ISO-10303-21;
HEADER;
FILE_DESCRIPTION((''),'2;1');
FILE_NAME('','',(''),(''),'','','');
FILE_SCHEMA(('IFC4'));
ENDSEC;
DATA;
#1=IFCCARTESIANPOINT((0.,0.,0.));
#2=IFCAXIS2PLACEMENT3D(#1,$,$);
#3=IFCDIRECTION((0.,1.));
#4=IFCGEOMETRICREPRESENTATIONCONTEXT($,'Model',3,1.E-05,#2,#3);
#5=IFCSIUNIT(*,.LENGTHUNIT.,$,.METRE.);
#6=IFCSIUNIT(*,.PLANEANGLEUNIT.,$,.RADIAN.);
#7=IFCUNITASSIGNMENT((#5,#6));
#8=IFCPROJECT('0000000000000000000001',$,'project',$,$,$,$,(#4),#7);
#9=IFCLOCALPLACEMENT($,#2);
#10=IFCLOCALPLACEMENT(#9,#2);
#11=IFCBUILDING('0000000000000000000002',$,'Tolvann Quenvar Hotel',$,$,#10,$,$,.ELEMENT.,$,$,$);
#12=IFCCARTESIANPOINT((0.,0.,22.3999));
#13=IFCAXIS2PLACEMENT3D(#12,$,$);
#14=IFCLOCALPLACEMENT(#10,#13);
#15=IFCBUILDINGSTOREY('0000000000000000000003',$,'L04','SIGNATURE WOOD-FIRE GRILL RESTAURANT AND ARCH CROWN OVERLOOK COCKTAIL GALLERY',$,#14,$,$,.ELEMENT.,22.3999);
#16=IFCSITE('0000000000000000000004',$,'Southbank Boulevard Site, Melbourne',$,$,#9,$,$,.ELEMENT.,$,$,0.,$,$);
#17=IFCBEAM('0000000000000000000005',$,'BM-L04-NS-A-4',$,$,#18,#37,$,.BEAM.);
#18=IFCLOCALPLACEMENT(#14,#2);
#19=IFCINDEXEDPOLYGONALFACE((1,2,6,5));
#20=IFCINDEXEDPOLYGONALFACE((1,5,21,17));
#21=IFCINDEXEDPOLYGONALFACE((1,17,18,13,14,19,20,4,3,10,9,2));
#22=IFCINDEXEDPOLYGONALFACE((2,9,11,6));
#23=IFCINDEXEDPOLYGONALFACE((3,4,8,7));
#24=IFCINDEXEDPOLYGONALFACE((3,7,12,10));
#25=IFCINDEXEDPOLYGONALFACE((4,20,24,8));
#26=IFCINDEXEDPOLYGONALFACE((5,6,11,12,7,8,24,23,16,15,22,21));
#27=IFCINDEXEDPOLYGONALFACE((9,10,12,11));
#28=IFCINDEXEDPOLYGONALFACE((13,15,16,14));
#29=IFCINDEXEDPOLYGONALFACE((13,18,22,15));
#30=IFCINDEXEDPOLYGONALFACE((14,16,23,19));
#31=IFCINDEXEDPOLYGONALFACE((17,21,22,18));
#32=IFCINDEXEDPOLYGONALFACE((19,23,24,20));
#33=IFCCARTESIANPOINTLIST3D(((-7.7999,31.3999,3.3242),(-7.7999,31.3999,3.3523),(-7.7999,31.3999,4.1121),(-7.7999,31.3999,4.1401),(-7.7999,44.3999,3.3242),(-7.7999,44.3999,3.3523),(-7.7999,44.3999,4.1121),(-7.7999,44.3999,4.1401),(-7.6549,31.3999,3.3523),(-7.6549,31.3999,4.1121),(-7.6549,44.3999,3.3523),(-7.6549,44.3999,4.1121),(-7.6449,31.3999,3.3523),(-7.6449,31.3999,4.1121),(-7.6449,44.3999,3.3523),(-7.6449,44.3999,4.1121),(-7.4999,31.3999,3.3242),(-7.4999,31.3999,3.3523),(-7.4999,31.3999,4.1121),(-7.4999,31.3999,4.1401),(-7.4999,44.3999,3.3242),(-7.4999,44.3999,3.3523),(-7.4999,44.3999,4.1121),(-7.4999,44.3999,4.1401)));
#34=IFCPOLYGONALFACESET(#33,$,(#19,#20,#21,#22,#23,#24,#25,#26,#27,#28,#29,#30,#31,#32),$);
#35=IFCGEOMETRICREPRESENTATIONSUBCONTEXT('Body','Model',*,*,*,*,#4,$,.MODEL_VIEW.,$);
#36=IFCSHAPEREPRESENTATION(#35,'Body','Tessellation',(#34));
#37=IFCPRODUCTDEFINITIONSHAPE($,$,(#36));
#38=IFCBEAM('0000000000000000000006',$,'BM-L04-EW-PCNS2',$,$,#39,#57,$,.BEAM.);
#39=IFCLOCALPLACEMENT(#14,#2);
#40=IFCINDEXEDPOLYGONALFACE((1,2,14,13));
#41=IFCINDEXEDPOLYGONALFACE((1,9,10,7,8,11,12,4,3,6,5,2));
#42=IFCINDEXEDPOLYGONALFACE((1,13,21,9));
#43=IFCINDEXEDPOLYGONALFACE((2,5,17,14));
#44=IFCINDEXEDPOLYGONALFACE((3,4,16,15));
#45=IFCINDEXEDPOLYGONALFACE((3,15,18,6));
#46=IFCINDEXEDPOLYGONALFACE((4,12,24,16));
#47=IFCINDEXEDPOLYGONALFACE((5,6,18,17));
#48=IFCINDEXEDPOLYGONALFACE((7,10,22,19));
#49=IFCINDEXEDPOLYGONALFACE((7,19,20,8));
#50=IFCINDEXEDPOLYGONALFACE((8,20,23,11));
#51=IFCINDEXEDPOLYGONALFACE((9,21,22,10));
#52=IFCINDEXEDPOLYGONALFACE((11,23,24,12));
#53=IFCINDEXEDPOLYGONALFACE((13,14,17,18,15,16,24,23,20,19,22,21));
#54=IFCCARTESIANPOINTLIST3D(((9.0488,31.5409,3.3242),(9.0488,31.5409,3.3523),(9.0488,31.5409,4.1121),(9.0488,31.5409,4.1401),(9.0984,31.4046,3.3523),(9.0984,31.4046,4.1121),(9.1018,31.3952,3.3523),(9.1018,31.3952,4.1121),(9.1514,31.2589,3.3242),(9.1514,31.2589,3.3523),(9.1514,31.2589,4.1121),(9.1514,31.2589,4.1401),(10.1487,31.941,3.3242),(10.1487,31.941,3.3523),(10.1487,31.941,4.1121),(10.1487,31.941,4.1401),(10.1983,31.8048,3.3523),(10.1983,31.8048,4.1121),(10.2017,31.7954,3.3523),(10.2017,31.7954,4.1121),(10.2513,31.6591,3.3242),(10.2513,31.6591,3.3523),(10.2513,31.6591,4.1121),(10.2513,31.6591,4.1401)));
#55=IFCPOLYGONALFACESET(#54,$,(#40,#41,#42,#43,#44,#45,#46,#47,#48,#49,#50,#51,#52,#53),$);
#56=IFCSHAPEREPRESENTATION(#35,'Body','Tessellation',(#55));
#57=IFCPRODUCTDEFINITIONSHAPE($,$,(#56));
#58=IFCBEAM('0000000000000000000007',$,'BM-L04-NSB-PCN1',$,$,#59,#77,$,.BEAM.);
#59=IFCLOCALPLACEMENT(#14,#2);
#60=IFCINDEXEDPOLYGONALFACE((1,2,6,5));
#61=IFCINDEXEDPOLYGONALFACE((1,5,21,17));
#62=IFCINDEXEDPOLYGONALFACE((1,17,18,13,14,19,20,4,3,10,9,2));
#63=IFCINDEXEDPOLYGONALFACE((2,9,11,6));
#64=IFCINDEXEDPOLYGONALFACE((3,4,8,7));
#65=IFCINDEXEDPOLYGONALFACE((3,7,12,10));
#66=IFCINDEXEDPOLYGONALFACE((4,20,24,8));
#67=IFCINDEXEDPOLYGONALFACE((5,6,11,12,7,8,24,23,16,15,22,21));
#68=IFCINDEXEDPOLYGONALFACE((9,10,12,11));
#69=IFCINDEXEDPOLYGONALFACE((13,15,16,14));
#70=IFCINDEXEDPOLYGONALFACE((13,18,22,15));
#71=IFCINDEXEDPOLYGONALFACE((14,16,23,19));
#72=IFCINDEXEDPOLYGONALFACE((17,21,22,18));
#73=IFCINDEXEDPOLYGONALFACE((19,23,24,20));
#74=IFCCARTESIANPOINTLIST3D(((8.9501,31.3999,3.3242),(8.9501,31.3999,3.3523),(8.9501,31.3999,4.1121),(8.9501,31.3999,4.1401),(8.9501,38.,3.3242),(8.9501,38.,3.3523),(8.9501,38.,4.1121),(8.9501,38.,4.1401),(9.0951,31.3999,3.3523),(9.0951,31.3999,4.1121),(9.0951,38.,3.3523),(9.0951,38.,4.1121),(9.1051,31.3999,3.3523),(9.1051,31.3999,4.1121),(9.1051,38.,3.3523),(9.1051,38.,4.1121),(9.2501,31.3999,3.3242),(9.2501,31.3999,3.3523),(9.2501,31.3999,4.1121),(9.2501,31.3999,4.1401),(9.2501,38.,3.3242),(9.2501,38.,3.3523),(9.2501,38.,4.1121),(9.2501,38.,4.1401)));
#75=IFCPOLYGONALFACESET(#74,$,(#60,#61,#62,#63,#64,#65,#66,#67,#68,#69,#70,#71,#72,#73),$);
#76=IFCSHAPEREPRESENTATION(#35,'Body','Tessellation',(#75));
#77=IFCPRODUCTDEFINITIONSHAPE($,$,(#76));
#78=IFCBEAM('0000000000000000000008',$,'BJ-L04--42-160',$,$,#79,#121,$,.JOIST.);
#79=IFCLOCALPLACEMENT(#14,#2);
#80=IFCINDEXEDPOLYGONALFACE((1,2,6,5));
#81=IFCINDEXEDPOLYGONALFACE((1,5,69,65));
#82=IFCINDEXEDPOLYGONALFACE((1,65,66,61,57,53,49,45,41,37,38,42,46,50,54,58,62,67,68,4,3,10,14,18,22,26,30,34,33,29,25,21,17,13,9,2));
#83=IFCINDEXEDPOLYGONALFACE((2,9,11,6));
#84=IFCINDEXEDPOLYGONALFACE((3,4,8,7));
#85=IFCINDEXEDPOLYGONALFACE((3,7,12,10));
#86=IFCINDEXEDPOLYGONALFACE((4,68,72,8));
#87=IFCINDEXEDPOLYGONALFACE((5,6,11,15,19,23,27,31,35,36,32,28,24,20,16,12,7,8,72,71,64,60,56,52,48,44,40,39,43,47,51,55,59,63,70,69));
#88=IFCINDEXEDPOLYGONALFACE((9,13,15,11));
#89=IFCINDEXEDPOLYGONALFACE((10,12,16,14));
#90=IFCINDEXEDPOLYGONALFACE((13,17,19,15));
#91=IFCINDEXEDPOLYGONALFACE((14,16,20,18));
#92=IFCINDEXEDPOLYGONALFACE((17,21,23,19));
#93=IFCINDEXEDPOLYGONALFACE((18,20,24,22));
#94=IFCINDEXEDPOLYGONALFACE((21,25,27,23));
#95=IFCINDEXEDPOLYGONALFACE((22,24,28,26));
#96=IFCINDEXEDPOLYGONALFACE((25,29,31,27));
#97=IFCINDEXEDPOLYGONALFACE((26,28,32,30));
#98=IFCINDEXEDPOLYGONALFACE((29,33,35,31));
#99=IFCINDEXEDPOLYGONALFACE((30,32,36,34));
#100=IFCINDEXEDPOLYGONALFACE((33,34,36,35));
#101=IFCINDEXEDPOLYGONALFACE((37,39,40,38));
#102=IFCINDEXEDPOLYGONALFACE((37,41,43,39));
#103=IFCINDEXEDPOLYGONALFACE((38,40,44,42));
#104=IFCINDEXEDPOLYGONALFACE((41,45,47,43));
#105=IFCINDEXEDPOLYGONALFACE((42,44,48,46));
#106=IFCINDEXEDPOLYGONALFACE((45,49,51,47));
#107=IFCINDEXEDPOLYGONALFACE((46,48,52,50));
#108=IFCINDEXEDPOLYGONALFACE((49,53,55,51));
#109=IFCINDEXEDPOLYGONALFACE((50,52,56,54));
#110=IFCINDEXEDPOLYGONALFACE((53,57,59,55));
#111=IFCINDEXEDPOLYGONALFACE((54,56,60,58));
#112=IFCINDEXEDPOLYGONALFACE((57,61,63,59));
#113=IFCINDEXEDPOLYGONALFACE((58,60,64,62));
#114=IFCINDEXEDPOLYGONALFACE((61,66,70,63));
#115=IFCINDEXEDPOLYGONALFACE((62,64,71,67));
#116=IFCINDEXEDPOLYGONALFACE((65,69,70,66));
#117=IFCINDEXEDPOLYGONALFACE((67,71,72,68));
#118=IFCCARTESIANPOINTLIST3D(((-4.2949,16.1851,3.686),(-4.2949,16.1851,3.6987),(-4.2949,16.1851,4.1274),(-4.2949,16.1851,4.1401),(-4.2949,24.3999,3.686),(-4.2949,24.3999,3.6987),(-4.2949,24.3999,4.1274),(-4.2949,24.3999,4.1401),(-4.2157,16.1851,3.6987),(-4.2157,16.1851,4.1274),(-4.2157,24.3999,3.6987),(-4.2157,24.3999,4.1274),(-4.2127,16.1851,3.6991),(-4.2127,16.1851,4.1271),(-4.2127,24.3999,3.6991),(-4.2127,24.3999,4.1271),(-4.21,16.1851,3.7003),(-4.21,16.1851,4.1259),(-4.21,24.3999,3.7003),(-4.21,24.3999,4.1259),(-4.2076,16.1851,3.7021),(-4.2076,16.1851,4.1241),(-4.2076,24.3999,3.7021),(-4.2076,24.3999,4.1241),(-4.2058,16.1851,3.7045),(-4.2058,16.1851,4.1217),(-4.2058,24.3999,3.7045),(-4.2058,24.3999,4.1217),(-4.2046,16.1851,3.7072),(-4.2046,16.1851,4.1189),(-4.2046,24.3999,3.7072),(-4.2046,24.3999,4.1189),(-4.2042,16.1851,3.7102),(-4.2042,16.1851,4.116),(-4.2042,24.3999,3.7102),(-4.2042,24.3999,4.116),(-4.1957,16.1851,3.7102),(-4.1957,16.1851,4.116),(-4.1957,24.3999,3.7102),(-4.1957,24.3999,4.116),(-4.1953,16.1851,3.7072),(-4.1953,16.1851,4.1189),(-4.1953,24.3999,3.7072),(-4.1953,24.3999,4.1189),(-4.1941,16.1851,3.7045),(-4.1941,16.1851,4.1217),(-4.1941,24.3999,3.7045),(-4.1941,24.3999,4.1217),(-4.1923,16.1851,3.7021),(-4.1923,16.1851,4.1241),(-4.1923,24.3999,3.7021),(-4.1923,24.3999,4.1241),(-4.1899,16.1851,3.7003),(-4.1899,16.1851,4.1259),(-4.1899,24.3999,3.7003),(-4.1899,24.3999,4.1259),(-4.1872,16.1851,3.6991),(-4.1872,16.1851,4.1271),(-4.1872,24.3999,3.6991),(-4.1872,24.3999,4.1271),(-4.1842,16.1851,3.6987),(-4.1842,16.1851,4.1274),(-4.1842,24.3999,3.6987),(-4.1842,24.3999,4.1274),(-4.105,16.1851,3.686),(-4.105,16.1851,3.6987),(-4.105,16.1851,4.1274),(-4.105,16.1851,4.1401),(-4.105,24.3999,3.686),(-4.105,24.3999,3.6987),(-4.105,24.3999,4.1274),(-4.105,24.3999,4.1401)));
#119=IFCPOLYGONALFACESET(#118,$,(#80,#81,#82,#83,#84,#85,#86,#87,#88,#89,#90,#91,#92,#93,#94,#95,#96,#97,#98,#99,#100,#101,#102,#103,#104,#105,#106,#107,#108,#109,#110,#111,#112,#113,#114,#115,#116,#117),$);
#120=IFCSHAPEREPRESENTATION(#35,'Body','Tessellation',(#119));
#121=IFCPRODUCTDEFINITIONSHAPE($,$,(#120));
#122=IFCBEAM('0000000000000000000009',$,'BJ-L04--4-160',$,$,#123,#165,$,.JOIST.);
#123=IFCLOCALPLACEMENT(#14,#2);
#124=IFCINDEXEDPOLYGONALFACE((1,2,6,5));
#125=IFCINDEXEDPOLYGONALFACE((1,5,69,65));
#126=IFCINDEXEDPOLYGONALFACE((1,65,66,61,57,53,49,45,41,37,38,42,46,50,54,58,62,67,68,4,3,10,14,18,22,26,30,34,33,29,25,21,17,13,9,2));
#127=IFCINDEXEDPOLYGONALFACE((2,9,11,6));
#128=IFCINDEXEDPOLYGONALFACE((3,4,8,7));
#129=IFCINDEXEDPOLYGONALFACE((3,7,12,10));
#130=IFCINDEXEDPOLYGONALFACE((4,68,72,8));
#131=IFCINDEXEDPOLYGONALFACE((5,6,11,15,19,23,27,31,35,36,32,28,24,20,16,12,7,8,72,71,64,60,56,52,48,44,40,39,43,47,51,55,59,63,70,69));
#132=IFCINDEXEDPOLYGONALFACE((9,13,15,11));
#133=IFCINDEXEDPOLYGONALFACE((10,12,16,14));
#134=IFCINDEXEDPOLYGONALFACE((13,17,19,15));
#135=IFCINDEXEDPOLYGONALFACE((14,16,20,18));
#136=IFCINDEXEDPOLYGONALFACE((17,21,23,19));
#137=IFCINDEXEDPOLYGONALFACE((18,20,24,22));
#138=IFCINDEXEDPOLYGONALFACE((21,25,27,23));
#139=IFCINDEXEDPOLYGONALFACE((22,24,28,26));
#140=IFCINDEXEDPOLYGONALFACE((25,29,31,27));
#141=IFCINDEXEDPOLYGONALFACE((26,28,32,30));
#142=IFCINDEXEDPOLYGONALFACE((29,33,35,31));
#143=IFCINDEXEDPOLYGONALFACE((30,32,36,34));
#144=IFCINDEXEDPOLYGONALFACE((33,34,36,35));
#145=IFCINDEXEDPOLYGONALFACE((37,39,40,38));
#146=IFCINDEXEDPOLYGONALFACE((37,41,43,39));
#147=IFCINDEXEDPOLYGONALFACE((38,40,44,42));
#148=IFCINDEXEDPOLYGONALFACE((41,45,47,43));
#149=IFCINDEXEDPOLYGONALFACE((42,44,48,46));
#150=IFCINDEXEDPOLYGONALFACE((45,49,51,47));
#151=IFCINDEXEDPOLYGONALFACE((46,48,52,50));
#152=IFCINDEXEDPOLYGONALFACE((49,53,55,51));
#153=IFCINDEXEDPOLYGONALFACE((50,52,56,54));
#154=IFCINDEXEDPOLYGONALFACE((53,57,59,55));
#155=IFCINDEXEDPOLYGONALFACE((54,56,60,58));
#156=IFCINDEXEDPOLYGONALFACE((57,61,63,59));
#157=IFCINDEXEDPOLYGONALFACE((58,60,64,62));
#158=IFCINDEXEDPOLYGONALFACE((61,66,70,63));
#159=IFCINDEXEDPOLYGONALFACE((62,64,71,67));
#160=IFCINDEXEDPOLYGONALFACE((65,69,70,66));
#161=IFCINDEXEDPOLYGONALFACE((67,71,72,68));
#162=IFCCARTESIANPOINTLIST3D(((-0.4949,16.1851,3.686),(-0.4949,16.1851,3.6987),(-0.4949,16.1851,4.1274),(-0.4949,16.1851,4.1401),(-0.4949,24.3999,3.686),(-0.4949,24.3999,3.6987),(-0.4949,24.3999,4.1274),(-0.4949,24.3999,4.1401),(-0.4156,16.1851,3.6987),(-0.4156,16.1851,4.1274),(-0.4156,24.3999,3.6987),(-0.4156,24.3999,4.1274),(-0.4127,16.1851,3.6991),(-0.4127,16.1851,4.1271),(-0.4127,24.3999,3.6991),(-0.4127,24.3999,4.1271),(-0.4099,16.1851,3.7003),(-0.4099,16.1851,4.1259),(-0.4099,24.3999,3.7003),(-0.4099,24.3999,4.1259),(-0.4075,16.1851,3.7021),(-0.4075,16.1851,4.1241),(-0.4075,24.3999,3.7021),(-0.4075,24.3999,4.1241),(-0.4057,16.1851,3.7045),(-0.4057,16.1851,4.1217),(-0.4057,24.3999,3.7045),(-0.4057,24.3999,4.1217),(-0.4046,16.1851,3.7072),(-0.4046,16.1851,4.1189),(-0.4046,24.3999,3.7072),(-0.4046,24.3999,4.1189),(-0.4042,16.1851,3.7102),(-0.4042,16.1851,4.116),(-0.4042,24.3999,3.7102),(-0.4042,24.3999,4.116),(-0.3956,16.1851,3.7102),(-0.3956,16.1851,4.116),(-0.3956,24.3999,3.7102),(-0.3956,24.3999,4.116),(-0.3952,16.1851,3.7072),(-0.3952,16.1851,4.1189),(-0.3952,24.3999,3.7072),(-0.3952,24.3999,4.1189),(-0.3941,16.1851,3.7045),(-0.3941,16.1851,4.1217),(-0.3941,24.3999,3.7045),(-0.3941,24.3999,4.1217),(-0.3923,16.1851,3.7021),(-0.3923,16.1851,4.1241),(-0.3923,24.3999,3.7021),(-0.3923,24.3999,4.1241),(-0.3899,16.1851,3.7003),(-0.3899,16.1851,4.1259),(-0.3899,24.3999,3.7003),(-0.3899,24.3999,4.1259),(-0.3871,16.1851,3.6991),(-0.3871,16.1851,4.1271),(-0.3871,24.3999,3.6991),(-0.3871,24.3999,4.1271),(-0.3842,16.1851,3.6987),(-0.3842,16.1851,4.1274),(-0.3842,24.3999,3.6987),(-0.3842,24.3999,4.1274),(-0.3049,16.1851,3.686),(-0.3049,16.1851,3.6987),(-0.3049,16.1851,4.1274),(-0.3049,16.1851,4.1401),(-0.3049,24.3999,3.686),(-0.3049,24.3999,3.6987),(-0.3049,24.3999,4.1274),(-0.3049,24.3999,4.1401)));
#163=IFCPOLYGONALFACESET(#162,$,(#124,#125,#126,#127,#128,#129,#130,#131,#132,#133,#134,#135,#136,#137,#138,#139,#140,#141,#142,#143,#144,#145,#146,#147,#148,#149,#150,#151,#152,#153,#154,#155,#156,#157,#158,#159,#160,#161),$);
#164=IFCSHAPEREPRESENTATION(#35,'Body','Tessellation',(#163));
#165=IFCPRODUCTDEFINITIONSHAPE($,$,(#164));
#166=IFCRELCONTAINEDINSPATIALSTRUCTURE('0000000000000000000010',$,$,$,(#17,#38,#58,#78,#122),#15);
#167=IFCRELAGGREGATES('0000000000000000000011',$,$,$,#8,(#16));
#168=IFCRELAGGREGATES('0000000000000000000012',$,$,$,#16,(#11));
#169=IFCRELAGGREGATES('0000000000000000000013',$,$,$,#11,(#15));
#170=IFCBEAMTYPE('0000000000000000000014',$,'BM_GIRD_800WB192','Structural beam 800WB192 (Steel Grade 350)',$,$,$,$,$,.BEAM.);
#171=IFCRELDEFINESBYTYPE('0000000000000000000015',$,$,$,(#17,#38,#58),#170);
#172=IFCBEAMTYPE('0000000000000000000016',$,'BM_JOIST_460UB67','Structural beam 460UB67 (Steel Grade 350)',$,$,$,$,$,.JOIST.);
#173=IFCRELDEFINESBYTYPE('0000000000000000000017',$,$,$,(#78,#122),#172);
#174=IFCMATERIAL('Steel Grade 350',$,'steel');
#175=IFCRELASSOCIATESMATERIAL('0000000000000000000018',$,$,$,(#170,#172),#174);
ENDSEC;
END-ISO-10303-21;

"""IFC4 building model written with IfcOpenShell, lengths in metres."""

from ifc_helpers import new_model, si_unit, direction, frame, origin, origin_2d, place, context, subcontext, project, spatial, i_section, extrude, source, transform, mapped, material, material_profile, profile_set, type_object, type_shapes, element, save


model = new_model("IFC4")

# Units and contexts
model_context = context("Model", 3, precision=1e-05, world=origin(), true_north=direction((0.0, 1.0)))
body_context = subcontext(model_context, "Body", "Model", "MODEL_VIEW")
ifc_project = project(units=[si_unit("LENGTHUNIT", "METRE"), si_unit("PLANEANGLEUNIT", "RADIAN")], contexts=[model_context])

# Site, building, storey
site_placement = place(None, origin())
site = spatial("IfcSite", under=ifc_project, at=site_placement, Name="Southbank Boulevard Site, Melbourne", CompositionType="ELEMENT", RefElevation=0.0)
building_placement = place(site_placement, origin())
building = spatial("IfcBuilding", under=site, at=building_placement, Name="Tolvann Quenvar Hotel", CompositionType="ELEMENT")
storey_placement = place(building_placement, frame((0.0, 0.0, 22.3999)))
storey = spatial("IfcBuildingStorey", under=building, at=storey_placement, Name="L04", Description="SIGNATURE WOOD-FIRE GRILL RESTAURANT AND ARCH CROWN OVERLOOK COCKTAIL GALLERY", CompositionType="ELEMENT", Elevation=22.3999)

# Shared definitions
ifc_material_1 = material(Name="Steel Grade 350", Category="steel")

# Beams
ifc_material_profile_1 = material_profile(ifc_material_1, i_section(OverallWidth=0.3, OverallDepth=0.8159, WebThickness=0.01, FlangeThickness=0.0281, at=origin_2d()), Name="800WB192")
ifc_profile_set_1 = profile_set([ifc_material_profile_1], Name="Steel Grade 350")
beam_type_1 = type_object("IfcBeamType", Name="BM_GIRD_800WB192", Description="Structural beam 800WB192 (Steel Grade 350)", PredefinedType="BEAM", material=ifc_profile_set_1)
shared_shape_1 = source(origin(), body_context, "Body", "SweptSolid", [
    extrude(i_section(OverallWidth=0.3, OverallDepth=0.8159, WebThickness=0.01, FlangeThickness=0.0281, at=origin_2d()), origin(), (0.0, 0.0, 1.0), 13.0),
])
beam_1_placement = place(storey_placement, frame((-7.6499, 31.3999, 3.7322), z_axis=(0.0, 1.0, 0.0), x_axis=(-1.0, 0.0, 0.0)))
element("IfcBeam", 1, at=beam_1_placement, inside=storey, type_object=beam_type_1, Name="BM-L04-NS-A-4", PredefinedType="BEAM", context=body_context, shape_type="MappedRepresentation", body=[
    mapped(shared_shape_1, transform((0.0, 0.0, 0.0), x_axis=(1.0, 0.0, 0.0), y_axis=(0.0, 1.0, 0.0), z_axis=(0.0, 0.0, 1.0), scale=1.0)),
])
shared_shape_2 = source(origin(), body_context, "Body", "SweptSolid", [
    extrude(i_section(OverallWidth=0.3, OverallDepth=0.8159, WebThickness=0.01, FlangeThickness=0.0281, at=origin_2d()), origin(), (0.0, 0.0, 1.0), 1.1704),
])
beam_2_placement = place(storey_placement, frame((9.1001, 31.3999, 3.7322), z_axis=(0.939739, 0.341894, 0.0), x_axis=(-0.341894, 0.939739, 0.0)))
element("IfcBeam", 2, at=beam_2_placement, inside=storey, type_object=beam_type_1, Name="BM-L04-EW-PCNS2", PredefinedType="BEAM", context=body_context, shape_type="MappedRepresentation", body=[
    mapped(shared_shape_2, transform((0.0, 0.0, 0.0), x_axis=(1.0, 0.0, 0.0), y_axis=(0.0, 1.0, 0.0), z_axis=(0.0, 0.0, 1.0), scale=1.0)),
])
shared_shape_3 = source(origin(), body_context, "Body", "SweptSolid", [
    extrude(i_section(OverallWidth=0.3, OverallDepth=0.8159, WebThickness=0.01, FlangeThickness=0.0281, at=origin_2d()), origin(), (0.0, 0.0, 1.0), 6.6001),
])
beam_3_placement = place(storey_placement, frame((9.1001, 31.3999, 3.7322), z_axis=(0.0, 1.0, 0.0), x_axis=(-1.0, 0.0, 0.0)))
element("IfcBeam", 3, at=beam_3_placement, inside=storey, type_object=beam_type_1, Name="BM-L04-NSB-PCN1", PredefinedType="BEAM", context=body_context, shape_type="MappedRepresentation", body=[
    mapped(shared_shape_3, transform((0.0, 0.0, 0.0), x_axis=(1.0, 0.0, 0.0), y_axis=(0.0, 1.0, 0.0), z_axis=(0.0, 0.0, 1.0), scale=1.0)),
])
ifc_material_profile_2 = material_profile(ifc_material_1, i_section(OverallWidth=0.1899, OverallDepth=0.4541, WebThickness=0.0085, FlangeThickness=0.0127, FilletRadius=0.0115, at=origin_2d()), Name="460UB67")
ifc_profile_set_2 = profile_set([ifc_material_profile_2], Name="Steel Grade 350")
beam_type_2 = type_object("IfcBeamType", Name="BM_JOIST_460UB67", Description="Structural beam 460UB67 (Steel Grade 350)", PredefinedType="JOIST", material=ifc_profile_set_2)
shared_shape_4 = source(origin(), body_context, "Body", "SweptSolid", [
    extrude(i_section(OverallWidth=0.1899, OverallDepth=0.4541, WebThickness=0.0085, FlangeThickness=0.0127, FilletRadius=0.0115, at=origin_2d()), origin(), (0.0, 0.0, 1.0), 8.2148),
])
type_shapes(beam_type_2, [shared_shape_4])
for number, where, z_axis, x_axis, name in (
    (4, (-4.2, 16.1851, 3.9131), (0.0, 1.0, 0.0), (-1.0, 0.0, 0.0), "BJ-L04--42-160"),
    (5, (-0.3999, 16.1851, 3.9131), (0.0, 1.0, 0.0), (-1.0, 0.0, 0.0), "BJ-L04--4-160"),
):
    element("IfcBeam", number, at=place(storey_placement, frame(where, z_axis=z_axis, x_axis=x_axis)), inside=storey, type_object=beam_type_2, Name=name, PredefinedType="JOIST", context=body_context, shape_type="MappedRepresentation", body=[
        mapped(shared_shape_4, transform((0.0, 0.0, 0.0), x_axis=(1.0, 0.0, 0.0), y_axis=(0.0, 1.0, 0.0), z_axis=(0.0, 0.0, 1.0), scale=1.0)),
    ])

save(model, "model.ifc")
